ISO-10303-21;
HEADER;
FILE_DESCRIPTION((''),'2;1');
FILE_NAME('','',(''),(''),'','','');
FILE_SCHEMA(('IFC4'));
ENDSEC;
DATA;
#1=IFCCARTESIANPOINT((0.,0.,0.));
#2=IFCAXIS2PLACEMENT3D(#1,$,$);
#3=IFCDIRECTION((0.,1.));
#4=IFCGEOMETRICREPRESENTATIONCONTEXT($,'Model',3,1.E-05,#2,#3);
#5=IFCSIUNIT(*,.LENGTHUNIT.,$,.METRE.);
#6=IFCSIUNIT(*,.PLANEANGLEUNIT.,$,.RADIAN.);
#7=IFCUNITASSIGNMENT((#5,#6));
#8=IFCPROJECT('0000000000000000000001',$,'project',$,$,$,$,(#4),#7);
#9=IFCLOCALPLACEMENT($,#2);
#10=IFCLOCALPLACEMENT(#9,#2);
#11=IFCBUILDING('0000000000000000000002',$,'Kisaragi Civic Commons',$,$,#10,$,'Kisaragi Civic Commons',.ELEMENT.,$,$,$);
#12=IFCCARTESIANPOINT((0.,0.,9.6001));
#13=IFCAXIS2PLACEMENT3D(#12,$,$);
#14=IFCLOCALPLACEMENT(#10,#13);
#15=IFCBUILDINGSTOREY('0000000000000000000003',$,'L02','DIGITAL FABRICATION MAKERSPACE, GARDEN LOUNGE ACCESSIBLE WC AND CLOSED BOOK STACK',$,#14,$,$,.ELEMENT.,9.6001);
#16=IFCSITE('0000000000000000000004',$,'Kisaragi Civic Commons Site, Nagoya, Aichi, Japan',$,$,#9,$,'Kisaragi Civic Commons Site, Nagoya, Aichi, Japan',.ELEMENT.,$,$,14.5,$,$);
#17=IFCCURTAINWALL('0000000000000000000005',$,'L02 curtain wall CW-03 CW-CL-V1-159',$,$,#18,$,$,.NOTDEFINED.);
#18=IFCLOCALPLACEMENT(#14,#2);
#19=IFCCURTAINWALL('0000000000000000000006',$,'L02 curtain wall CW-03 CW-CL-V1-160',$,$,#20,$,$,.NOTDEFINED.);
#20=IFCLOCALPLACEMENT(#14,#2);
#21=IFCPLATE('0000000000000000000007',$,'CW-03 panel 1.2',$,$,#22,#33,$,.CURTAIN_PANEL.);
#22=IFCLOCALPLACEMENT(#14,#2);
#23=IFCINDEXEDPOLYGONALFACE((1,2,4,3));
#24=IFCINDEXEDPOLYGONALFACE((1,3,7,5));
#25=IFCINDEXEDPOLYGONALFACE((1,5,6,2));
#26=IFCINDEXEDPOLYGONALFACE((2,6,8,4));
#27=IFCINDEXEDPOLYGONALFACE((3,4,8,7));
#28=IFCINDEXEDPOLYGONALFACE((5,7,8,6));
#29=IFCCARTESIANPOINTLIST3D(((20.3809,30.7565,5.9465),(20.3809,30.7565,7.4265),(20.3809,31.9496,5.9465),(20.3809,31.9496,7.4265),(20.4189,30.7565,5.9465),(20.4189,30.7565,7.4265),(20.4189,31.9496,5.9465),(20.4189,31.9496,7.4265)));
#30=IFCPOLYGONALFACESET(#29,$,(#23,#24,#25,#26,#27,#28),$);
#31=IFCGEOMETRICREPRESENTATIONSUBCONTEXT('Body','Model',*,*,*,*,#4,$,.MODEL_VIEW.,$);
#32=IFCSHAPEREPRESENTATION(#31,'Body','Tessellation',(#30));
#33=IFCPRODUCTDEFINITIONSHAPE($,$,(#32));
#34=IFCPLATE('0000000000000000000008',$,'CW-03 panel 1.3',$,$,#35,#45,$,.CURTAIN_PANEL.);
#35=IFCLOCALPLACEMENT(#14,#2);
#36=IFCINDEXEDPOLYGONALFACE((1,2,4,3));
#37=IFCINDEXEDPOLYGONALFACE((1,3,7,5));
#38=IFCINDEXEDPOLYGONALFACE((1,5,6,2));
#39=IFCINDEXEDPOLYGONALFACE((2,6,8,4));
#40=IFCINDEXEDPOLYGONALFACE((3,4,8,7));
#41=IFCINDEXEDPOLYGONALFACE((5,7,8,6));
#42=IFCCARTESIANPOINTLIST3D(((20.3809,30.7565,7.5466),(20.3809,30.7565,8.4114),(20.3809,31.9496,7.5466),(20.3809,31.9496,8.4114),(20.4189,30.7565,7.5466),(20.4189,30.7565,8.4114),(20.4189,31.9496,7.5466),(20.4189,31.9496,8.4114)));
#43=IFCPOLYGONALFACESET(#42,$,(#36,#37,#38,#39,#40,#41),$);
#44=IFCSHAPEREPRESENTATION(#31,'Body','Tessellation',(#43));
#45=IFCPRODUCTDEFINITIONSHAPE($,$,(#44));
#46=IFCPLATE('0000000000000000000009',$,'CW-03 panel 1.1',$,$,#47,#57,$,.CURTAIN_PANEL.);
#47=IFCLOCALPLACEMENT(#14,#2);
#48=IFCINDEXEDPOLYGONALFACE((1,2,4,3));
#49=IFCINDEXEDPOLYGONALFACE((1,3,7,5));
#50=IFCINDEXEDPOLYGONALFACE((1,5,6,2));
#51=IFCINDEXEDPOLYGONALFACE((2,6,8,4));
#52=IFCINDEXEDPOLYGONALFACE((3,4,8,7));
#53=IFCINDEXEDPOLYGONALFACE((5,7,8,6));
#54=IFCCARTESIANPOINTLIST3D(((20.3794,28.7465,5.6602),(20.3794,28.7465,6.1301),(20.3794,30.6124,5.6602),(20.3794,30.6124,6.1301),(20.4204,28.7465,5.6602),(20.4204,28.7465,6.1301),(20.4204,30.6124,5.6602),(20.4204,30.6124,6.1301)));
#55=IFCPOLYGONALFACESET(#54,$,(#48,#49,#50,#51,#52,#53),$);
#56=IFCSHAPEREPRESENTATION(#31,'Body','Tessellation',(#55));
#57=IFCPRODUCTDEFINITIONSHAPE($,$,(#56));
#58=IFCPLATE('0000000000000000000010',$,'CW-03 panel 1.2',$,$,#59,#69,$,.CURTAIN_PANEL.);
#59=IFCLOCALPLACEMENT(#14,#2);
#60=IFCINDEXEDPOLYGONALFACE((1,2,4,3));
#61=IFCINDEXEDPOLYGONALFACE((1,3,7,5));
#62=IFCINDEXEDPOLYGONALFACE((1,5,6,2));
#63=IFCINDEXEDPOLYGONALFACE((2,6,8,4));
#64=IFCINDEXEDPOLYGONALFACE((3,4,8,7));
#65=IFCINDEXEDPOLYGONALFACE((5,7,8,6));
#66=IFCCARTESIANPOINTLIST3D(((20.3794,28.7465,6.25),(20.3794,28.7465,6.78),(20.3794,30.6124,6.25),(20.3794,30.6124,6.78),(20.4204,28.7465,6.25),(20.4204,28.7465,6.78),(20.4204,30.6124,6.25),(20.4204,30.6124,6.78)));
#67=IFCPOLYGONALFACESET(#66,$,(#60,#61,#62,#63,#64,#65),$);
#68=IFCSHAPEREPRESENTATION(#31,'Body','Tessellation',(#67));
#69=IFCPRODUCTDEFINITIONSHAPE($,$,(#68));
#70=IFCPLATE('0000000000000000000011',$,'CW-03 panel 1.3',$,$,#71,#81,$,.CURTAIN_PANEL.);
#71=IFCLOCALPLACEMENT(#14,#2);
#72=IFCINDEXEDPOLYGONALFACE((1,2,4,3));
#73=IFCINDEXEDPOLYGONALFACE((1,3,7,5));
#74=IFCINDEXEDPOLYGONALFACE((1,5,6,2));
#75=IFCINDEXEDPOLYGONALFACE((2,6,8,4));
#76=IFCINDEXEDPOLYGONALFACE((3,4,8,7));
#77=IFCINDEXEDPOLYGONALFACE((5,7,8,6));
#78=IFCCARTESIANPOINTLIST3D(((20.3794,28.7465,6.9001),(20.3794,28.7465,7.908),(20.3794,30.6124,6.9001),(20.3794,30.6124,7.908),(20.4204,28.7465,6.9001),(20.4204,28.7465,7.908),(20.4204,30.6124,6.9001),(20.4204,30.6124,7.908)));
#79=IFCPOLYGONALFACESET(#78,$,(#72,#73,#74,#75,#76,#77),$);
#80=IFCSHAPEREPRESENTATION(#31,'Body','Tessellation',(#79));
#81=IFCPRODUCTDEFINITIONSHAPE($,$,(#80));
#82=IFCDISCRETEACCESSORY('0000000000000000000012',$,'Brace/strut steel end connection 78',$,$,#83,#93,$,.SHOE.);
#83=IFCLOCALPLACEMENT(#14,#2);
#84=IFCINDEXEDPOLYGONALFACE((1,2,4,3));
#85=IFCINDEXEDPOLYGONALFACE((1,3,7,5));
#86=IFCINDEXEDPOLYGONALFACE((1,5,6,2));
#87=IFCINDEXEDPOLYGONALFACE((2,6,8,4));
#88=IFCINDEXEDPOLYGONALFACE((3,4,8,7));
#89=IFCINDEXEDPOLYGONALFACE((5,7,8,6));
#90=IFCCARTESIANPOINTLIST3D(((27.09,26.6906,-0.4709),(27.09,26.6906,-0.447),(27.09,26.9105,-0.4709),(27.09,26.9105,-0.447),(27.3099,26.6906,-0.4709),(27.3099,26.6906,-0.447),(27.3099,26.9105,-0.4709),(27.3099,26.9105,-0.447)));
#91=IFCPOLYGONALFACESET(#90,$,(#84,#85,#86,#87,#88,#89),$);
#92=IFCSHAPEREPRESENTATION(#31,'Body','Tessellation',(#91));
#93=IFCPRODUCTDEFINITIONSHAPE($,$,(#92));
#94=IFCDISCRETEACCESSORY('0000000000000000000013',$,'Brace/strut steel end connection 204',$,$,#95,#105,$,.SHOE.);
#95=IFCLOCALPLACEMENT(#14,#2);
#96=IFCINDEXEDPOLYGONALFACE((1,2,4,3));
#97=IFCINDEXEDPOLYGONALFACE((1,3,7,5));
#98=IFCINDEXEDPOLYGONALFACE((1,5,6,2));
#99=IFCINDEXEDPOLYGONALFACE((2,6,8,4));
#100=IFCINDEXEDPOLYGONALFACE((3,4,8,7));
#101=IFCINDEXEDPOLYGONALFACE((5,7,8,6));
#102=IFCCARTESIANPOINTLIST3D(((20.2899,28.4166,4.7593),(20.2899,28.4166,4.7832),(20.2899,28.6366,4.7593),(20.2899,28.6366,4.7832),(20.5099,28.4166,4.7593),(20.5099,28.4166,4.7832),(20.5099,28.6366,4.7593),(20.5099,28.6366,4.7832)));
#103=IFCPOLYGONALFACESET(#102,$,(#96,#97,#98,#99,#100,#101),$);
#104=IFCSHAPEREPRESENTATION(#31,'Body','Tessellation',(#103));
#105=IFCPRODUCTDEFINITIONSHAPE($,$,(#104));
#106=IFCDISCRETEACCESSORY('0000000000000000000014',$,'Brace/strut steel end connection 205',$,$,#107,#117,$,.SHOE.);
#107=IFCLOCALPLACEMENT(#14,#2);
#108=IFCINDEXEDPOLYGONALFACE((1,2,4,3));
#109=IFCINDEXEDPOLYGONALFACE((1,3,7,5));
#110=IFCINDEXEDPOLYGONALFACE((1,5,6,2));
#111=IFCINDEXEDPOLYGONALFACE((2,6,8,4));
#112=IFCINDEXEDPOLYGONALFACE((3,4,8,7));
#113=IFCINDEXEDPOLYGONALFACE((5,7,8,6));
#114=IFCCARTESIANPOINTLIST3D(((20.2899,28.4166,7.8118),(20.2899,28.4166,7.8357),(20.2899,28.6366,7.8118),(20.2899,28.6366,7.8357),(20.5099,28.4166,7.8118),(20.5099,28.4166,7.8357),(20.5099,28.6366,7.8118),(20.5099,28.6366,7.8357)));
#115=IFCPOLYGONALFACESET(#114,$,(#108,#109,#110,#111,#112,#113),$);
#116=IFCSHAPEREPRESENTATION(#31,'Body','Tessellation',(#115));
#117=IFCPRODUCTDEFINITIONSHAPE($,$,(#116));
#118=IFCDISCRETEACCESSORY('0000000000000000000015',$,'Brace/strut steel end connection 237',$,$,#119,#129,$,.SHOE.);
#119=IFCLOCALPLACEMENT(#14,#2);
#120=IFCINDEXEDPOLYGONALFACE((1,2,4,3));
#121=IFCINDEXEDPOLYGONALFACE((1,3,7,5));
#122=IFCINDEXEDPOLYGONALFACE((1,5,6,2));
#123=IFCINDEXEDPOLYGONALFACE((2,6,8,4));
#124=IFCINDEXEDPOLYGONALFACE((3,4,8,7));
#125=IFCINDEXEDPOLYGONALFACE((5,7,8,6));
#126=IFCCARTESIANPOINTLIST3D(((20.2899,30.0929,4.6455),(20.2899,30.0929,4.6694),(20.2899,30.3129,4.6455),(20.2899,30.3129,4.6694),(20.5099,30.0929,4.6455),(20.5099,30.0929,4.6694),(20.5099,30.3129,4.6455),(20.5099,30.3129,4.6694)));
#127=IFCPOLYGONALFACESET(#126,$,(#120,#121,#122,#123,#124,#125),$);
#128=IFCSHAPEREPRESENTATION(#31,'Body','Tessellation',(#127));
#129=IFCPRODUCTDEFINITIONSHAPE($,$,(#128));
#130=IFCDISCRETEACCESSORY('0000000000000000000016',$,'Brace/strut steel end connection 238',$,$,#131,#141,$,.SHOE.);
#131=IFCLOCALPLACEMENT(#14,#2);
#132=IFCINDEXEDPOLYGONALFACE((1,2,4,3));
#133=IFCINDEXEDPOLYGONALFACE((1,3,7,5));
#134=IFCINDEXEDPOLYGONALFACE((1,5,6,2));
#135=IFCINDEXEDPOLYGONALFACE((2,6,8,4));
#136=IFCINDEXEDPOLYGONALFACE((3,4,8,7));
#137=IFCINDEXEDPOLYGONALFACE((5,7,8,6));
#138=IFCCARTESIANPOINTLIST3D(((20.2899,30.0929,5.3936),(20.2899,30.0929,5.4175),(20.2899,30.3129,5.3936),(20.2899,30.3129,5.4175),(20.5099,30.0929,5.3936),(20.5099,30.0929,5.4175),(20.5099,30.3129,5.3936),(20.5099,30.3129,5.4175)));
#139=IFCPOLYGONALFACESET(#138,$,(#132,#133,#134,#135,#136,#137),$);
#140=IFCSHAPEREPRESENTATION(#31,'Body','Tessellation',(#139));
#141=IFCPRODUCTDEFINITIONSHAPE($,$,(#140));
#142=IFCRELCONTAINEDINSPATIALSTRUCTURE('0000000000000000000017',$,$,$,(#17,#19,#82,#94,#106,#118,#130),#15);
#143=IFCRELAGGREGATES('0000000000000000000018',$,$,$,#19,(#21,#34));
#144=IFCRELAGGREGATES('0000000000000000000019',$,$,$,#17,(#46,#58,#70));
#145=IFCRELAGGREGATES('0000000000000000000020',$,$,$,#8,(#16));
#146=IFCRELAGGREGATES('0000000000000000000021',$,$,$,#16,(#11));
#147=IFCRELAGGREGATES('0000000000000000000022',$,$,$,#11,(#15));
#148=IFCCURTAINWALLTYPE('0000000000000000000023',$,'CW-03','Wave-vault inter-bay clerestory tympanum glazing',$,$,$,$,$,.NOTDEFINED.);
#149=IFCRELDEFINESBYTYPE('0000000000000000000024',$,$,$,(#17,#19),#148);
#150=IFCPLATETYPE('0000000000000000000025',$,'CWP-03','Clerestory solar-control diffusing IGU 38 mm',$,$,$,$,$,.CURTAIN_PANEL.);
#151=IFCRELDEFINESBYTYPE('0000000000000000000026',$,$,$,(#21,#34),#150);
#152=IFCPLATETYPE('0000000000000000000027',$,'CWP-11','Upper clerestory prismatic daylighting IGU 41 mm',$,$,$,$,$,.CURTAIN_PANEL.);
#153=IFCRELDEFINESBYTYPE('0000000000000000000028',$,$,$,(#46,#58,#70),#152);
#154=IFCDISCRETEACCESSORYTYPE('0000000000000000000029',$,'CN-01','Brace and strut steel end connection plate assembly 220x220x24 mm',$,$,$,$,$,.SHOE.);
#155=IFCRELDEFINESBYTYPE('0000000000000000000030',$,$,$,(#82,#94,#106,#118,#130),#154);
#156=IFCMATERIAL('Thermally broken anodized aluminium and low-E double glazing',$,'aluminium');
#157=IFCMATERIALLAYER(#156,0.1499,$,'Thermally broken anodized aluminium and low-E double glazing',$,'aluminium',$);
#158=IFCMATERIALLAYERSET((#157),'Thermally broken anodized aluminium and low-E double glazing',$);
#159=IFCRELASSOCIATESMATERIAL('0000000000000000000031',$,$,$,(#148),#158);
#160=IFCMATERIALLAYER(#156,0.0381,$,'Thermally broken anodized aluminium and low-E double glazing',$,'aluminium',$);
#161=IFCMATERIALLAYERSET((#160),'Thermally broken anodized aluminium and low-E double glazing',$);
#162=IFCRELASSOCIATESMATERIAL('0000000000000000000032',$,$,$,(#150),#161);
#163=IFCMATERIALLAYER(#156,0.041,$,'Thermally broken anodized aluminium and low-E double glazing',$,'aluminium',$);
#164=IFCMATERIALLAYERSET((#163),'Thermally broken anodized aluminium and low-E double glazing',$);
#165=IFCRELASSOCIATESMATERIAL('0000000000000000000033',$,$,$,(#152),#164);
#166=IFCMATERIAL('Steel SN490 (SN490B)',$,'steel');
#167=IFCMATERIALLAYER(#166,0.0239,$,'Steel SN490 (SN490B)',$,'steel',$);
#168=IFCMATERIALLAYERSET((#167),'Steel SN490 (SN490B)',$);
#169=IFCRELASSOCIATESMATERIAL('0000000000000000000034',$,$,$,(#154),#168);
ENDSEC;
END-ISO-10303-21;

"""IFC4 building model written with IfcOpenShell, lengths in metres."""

from ifc_helpers import new_model, si_unit, direction, frame, origin, origin_2d, place, context, subcontext, project, spatial, rectangle, extrude, material, layer, layer_set, type_object, element, aggregate, save


model = new_model("IFC4")

# Units and contexts
model_context = context("Model", 3, precision=1e-05, world=origin(), true_north=direction((0.0, 1.0)))
body_context = subcontext(model_context, "Body", "Model", "MODEL_VIEW")
ifc_project = project(units=[si_unit("LENGTHUNIT", "METRE"), si_unit("PLANEANGLEUNIT", "RADIAN")], contexts=[model_context])

# Site, building, storey
site_placement = place(None, origin())
site = spatial("IfcSite", under=ifc_project, at=site_placement, Name="Kisaragi Civic Commons Site, Nagoya, Aichi, Japan", LongName="Kisaragi Civic Commons Site, Nagoya, Aichi, Japan", CompositionType="ELEMENT", RefElevation=14.5)
building_placement = place(site_placement, origin())
building = spatial("IfcBuilding", under=site, at=building_placement, Name="Kisaragi Civic Commons", LongName="Kisaragi Civic Commons", CompositionType="ELEMENT")
storey_placement = place(building_placement, frame((0.0, 0.0, 9.6001)))
storey = spatial("IfcBuildingStorey", under=building, at=storey_placement, Name="L02", Description="DIGITAL FABRICATION MAKERSPACE, GARDEN LOUNGE ACCESSIBLE WC AND CLOSED BOOK STACK", CompositionType="ELEMENT", Elevation=9.6001)

# Shared definitions
ifc_material_1 = material(Name="Thermally broken anodized aluminium and low-E double glazing", Category="aluminium")
ifc_layer_1 = layer(ifc_material_1, 0.1499, Name="Thermally broken anodized aluminium and low-E double glazing", Category="aluminium")
ifc_layer_set_1 = layer_set([ifc_layer_1], Name="Thermally broken anodized aluminium and low-E double glazing")
curtain_wall_type = type_object("IfcCurtainWallType", Name="CW-03", Description="Wave-vault inter-bay clerestory tympanum glazing", PredefinedType="NOTDEFINED", material=ifc_layer_set_1)

# Curtain wall
curtain_wall_1_placement = place(storey_placement, origin())
curtain_wall_1 = element("IfcCurtainWall", 1, at=curtain_wall_1_placement, inside=storey, type_object=curtain_wall_type, Name="L02 curtain wall CW-03 CW-CL-V1-159", PredefinedType="NOTDEFINED")

# Curtain wall
curtain_wall_2_placement = place(storey_placement, origin())
curtain_wall_2 = element("IfcCurtainWall", 2, at=curtain_wall_2_placement, inside=storey, type_object=curtain_wall_type, Name="L02 curtain wall CW-03 CW-CL-V1-160", PredefinedType="NOTDEFINED")

# Shared definitions
ifc_material_2 = material(Name="Steel SN490 (SN490B)", Category="steel")

# Plates
ifc_layer_2 = layer(ifc_material_1, 0.0381, Name="Thermally broken anodized aluminium and low-E double glazing", Category="aluminium")
ifc_layer_set_2 = layer_set([ifc_layer_2], Name="Thermally broken anodized aluminium and low-E double glazing")
plate_type_1 = type_object("IfcPlateType", Name="CWP-03", Description="Clerestory solar-control diffusing IGU 38 mm", PredefinedType="CURTAIN_PANEL", material=ifc_layer_set_2)
plate_1_placement = place(storey_placement, frame((20.3999, 31.353, 5.9465), z_axis=(0.0, 0.0, 1.0), x_axis=(0.0, 1.0, 0.0)))
plate_1 = element("IfcPlate", 3, at=plate_1_placement, type_object=plate_type_1, Name="CW-03 panel 1.2", PredefinedType="CURTAIN_PANEL", context=body_context, shape_type="SweptSolid", body=[
    extrude(rectangle(XDim=1.1931, YDim=0.0381, at=origin_2d()), origin(), (0.0, 0.0, 1.0), 1.48),
])
plate_2_placement = place(storey_placement, frame((20.3999, 31.353, 7.5466), z_axis=(0.0, 0.0, 1.0), x_axis=(0.0, 1.0, 0.0)))
plate_2 = element("IfcPlate", 4, at=plate_2_placement, type_object=plate_type_1, Name="CW-03 panel 1.3", PredefinedType="CURTAIN_PANEL", context=body_context, shape_type="SweptSolid", body=[
    extrude(rectangle(XDim=1.1931, YDim=0.0381, at=origin_2d()), origin(), (0.0, 0.0, 1.0), 0.8647),
])
aggregate(curtain_wall_2, [plate_1, plate_2])
ifc_layer_3 = layer(ifc_material_1, 0.041, Name="Thermally broken anodized aluminium and low-E double glazing", Category="aluminium")
ifc_layer_set_3 = layer_set([ifc_layer_3], Name="Thermally broken anodized aluminium and low-E double glazing")
plate_type_2 = type_object("IfcPlateType", Name="CWP-11", Description="Upper clerestory prismatic daylighting IGU 41 mm", PredefinedType="CURTAIN_PANEL", material=ifc_layer_set_3)
plate_3_placement = place(storey_placement, frame((20.3999, 29.6794, 5.6602), z_axis=(0.0, 0.0, 1.0), x_axis=(0.0, 1.0, 0.0)))
plate_3 = element("IfcPlate", 5, at=plate_3_placement, type_object=plate_type_2, Name="CW-03 panel 1.1", PredefinedType="CURTAIN_PANEL", context=body_context, shape_type="SweptSolid", body=[
    extrude(rectangle(XDim=1.866, YDim=0.041, at=origin_2d()), origin(), (0.0, 0.0, 1.0), 0.47),
])
plate_4_placement = place(storey_placement, frame((20.3999, 29.6794, 6.25), z_axis=(0.0, 0.0, 1.0), x_axis=(0.0, 1.0, 0.0)))
plate_4 = element("IfcPlate", 6, at=plate_4_placement, type_object=plate_type_2, Name="CW-03 panel 1.2", PredefinedType="CURTAIN_PANEL", context=body_context, shape_type="SweptSolid", body=[
    extrude(rectangle(XDim=1.866, YDim=0.041, at=origin_2d()), origin(), (0.0, 0.0, 1.0), 0.53),
])
plate_5_placement = place(storey_placement, frame((20.3999, 29.6794, 6.9001), z_axis=(0.0, 0.0, 1.0), x_axis=(0.0, 1.0, 0.0)))
plate_5 = element("IfcPlate", 7, at=plate_5_placement, type_object=plate_type_2, Name="CW-03 panel 1.3", PredefinedType="CURTAIN_PANEL", context=body_context, shape_type="SweptSolid", body=[
    extrude(rectangle(XDim=1.866, YDim=0.041, at=origin_2d()), origin(), (0.0, 0.0, 1.0), 1.0078),
])
aggregate(curtain_wall_1, [plate_3, plate_4, plate_5])

# Discrete accessories
ifc_layer_4 = layer(ifc_material_2, 0.0239, Name="Steel SN490 (SN490B)", Category="steel")
ifc_layer_set_4 = layer_set([ifc_layer_4], Name="Steel SN490 (SN490B)")
discrete_accessory_type = type_object("IfcDiscreteAccessoryType", Name="CN-01", Description="Brace and strut steel end connection plate assembly 220x220x24 mm", PredefinedType="SHOE", material=ifc_layer_set_4)
for number, where, z_axis, x_axis, name in (
    (8, (27.2, 26.8005, -0.4709), (0.0, 0.0, 1.0), (1.0, 0.0, 0.0), "Brace/strut steel end connection 78"),
    (9, (20.3999, 28.5266, 4.7593), (0.0, 0.0, 1.0), (1.0, 0.0, 0.0), "Brace/strut steel end connection 204"),
    (10, (20.3999, 28.5266, 7.8118), (0.0, 0.0, 1.0), (1.0, 0.0, 0.0), "Brace/strut steel end connection 205"),
    (11, (20.3999, 30.2029, 4.6455), (0.0, 0.0, 1.0), (1.0, 0.0, 0.0), "Brace/strut steel end connection 237"),
    (12, (20.3999, 30.2029, 5.3936), (0.0, 0.0, 1.0), (1.0, 0.0, 0.0), "Brace/strut steel end connection 238"),
):
    element("IfcDiscreteAccessory", number, at=place(storey_placement, frame(where, z_axis=z_axis, x_axis=x_axis)), inside=storey, type_object=discrete_accessory_type, Name=name, PredefinedType="SHOE", context=body_context, shape_type="SweptSolid", body=[
        extrude(rectangle(XDim=0.22, YDim=0.22, at=origin_2d()), origin(), (0.0, 0.0, 1.0), 0.0239),
    ])

save(model, "model.ifc")
